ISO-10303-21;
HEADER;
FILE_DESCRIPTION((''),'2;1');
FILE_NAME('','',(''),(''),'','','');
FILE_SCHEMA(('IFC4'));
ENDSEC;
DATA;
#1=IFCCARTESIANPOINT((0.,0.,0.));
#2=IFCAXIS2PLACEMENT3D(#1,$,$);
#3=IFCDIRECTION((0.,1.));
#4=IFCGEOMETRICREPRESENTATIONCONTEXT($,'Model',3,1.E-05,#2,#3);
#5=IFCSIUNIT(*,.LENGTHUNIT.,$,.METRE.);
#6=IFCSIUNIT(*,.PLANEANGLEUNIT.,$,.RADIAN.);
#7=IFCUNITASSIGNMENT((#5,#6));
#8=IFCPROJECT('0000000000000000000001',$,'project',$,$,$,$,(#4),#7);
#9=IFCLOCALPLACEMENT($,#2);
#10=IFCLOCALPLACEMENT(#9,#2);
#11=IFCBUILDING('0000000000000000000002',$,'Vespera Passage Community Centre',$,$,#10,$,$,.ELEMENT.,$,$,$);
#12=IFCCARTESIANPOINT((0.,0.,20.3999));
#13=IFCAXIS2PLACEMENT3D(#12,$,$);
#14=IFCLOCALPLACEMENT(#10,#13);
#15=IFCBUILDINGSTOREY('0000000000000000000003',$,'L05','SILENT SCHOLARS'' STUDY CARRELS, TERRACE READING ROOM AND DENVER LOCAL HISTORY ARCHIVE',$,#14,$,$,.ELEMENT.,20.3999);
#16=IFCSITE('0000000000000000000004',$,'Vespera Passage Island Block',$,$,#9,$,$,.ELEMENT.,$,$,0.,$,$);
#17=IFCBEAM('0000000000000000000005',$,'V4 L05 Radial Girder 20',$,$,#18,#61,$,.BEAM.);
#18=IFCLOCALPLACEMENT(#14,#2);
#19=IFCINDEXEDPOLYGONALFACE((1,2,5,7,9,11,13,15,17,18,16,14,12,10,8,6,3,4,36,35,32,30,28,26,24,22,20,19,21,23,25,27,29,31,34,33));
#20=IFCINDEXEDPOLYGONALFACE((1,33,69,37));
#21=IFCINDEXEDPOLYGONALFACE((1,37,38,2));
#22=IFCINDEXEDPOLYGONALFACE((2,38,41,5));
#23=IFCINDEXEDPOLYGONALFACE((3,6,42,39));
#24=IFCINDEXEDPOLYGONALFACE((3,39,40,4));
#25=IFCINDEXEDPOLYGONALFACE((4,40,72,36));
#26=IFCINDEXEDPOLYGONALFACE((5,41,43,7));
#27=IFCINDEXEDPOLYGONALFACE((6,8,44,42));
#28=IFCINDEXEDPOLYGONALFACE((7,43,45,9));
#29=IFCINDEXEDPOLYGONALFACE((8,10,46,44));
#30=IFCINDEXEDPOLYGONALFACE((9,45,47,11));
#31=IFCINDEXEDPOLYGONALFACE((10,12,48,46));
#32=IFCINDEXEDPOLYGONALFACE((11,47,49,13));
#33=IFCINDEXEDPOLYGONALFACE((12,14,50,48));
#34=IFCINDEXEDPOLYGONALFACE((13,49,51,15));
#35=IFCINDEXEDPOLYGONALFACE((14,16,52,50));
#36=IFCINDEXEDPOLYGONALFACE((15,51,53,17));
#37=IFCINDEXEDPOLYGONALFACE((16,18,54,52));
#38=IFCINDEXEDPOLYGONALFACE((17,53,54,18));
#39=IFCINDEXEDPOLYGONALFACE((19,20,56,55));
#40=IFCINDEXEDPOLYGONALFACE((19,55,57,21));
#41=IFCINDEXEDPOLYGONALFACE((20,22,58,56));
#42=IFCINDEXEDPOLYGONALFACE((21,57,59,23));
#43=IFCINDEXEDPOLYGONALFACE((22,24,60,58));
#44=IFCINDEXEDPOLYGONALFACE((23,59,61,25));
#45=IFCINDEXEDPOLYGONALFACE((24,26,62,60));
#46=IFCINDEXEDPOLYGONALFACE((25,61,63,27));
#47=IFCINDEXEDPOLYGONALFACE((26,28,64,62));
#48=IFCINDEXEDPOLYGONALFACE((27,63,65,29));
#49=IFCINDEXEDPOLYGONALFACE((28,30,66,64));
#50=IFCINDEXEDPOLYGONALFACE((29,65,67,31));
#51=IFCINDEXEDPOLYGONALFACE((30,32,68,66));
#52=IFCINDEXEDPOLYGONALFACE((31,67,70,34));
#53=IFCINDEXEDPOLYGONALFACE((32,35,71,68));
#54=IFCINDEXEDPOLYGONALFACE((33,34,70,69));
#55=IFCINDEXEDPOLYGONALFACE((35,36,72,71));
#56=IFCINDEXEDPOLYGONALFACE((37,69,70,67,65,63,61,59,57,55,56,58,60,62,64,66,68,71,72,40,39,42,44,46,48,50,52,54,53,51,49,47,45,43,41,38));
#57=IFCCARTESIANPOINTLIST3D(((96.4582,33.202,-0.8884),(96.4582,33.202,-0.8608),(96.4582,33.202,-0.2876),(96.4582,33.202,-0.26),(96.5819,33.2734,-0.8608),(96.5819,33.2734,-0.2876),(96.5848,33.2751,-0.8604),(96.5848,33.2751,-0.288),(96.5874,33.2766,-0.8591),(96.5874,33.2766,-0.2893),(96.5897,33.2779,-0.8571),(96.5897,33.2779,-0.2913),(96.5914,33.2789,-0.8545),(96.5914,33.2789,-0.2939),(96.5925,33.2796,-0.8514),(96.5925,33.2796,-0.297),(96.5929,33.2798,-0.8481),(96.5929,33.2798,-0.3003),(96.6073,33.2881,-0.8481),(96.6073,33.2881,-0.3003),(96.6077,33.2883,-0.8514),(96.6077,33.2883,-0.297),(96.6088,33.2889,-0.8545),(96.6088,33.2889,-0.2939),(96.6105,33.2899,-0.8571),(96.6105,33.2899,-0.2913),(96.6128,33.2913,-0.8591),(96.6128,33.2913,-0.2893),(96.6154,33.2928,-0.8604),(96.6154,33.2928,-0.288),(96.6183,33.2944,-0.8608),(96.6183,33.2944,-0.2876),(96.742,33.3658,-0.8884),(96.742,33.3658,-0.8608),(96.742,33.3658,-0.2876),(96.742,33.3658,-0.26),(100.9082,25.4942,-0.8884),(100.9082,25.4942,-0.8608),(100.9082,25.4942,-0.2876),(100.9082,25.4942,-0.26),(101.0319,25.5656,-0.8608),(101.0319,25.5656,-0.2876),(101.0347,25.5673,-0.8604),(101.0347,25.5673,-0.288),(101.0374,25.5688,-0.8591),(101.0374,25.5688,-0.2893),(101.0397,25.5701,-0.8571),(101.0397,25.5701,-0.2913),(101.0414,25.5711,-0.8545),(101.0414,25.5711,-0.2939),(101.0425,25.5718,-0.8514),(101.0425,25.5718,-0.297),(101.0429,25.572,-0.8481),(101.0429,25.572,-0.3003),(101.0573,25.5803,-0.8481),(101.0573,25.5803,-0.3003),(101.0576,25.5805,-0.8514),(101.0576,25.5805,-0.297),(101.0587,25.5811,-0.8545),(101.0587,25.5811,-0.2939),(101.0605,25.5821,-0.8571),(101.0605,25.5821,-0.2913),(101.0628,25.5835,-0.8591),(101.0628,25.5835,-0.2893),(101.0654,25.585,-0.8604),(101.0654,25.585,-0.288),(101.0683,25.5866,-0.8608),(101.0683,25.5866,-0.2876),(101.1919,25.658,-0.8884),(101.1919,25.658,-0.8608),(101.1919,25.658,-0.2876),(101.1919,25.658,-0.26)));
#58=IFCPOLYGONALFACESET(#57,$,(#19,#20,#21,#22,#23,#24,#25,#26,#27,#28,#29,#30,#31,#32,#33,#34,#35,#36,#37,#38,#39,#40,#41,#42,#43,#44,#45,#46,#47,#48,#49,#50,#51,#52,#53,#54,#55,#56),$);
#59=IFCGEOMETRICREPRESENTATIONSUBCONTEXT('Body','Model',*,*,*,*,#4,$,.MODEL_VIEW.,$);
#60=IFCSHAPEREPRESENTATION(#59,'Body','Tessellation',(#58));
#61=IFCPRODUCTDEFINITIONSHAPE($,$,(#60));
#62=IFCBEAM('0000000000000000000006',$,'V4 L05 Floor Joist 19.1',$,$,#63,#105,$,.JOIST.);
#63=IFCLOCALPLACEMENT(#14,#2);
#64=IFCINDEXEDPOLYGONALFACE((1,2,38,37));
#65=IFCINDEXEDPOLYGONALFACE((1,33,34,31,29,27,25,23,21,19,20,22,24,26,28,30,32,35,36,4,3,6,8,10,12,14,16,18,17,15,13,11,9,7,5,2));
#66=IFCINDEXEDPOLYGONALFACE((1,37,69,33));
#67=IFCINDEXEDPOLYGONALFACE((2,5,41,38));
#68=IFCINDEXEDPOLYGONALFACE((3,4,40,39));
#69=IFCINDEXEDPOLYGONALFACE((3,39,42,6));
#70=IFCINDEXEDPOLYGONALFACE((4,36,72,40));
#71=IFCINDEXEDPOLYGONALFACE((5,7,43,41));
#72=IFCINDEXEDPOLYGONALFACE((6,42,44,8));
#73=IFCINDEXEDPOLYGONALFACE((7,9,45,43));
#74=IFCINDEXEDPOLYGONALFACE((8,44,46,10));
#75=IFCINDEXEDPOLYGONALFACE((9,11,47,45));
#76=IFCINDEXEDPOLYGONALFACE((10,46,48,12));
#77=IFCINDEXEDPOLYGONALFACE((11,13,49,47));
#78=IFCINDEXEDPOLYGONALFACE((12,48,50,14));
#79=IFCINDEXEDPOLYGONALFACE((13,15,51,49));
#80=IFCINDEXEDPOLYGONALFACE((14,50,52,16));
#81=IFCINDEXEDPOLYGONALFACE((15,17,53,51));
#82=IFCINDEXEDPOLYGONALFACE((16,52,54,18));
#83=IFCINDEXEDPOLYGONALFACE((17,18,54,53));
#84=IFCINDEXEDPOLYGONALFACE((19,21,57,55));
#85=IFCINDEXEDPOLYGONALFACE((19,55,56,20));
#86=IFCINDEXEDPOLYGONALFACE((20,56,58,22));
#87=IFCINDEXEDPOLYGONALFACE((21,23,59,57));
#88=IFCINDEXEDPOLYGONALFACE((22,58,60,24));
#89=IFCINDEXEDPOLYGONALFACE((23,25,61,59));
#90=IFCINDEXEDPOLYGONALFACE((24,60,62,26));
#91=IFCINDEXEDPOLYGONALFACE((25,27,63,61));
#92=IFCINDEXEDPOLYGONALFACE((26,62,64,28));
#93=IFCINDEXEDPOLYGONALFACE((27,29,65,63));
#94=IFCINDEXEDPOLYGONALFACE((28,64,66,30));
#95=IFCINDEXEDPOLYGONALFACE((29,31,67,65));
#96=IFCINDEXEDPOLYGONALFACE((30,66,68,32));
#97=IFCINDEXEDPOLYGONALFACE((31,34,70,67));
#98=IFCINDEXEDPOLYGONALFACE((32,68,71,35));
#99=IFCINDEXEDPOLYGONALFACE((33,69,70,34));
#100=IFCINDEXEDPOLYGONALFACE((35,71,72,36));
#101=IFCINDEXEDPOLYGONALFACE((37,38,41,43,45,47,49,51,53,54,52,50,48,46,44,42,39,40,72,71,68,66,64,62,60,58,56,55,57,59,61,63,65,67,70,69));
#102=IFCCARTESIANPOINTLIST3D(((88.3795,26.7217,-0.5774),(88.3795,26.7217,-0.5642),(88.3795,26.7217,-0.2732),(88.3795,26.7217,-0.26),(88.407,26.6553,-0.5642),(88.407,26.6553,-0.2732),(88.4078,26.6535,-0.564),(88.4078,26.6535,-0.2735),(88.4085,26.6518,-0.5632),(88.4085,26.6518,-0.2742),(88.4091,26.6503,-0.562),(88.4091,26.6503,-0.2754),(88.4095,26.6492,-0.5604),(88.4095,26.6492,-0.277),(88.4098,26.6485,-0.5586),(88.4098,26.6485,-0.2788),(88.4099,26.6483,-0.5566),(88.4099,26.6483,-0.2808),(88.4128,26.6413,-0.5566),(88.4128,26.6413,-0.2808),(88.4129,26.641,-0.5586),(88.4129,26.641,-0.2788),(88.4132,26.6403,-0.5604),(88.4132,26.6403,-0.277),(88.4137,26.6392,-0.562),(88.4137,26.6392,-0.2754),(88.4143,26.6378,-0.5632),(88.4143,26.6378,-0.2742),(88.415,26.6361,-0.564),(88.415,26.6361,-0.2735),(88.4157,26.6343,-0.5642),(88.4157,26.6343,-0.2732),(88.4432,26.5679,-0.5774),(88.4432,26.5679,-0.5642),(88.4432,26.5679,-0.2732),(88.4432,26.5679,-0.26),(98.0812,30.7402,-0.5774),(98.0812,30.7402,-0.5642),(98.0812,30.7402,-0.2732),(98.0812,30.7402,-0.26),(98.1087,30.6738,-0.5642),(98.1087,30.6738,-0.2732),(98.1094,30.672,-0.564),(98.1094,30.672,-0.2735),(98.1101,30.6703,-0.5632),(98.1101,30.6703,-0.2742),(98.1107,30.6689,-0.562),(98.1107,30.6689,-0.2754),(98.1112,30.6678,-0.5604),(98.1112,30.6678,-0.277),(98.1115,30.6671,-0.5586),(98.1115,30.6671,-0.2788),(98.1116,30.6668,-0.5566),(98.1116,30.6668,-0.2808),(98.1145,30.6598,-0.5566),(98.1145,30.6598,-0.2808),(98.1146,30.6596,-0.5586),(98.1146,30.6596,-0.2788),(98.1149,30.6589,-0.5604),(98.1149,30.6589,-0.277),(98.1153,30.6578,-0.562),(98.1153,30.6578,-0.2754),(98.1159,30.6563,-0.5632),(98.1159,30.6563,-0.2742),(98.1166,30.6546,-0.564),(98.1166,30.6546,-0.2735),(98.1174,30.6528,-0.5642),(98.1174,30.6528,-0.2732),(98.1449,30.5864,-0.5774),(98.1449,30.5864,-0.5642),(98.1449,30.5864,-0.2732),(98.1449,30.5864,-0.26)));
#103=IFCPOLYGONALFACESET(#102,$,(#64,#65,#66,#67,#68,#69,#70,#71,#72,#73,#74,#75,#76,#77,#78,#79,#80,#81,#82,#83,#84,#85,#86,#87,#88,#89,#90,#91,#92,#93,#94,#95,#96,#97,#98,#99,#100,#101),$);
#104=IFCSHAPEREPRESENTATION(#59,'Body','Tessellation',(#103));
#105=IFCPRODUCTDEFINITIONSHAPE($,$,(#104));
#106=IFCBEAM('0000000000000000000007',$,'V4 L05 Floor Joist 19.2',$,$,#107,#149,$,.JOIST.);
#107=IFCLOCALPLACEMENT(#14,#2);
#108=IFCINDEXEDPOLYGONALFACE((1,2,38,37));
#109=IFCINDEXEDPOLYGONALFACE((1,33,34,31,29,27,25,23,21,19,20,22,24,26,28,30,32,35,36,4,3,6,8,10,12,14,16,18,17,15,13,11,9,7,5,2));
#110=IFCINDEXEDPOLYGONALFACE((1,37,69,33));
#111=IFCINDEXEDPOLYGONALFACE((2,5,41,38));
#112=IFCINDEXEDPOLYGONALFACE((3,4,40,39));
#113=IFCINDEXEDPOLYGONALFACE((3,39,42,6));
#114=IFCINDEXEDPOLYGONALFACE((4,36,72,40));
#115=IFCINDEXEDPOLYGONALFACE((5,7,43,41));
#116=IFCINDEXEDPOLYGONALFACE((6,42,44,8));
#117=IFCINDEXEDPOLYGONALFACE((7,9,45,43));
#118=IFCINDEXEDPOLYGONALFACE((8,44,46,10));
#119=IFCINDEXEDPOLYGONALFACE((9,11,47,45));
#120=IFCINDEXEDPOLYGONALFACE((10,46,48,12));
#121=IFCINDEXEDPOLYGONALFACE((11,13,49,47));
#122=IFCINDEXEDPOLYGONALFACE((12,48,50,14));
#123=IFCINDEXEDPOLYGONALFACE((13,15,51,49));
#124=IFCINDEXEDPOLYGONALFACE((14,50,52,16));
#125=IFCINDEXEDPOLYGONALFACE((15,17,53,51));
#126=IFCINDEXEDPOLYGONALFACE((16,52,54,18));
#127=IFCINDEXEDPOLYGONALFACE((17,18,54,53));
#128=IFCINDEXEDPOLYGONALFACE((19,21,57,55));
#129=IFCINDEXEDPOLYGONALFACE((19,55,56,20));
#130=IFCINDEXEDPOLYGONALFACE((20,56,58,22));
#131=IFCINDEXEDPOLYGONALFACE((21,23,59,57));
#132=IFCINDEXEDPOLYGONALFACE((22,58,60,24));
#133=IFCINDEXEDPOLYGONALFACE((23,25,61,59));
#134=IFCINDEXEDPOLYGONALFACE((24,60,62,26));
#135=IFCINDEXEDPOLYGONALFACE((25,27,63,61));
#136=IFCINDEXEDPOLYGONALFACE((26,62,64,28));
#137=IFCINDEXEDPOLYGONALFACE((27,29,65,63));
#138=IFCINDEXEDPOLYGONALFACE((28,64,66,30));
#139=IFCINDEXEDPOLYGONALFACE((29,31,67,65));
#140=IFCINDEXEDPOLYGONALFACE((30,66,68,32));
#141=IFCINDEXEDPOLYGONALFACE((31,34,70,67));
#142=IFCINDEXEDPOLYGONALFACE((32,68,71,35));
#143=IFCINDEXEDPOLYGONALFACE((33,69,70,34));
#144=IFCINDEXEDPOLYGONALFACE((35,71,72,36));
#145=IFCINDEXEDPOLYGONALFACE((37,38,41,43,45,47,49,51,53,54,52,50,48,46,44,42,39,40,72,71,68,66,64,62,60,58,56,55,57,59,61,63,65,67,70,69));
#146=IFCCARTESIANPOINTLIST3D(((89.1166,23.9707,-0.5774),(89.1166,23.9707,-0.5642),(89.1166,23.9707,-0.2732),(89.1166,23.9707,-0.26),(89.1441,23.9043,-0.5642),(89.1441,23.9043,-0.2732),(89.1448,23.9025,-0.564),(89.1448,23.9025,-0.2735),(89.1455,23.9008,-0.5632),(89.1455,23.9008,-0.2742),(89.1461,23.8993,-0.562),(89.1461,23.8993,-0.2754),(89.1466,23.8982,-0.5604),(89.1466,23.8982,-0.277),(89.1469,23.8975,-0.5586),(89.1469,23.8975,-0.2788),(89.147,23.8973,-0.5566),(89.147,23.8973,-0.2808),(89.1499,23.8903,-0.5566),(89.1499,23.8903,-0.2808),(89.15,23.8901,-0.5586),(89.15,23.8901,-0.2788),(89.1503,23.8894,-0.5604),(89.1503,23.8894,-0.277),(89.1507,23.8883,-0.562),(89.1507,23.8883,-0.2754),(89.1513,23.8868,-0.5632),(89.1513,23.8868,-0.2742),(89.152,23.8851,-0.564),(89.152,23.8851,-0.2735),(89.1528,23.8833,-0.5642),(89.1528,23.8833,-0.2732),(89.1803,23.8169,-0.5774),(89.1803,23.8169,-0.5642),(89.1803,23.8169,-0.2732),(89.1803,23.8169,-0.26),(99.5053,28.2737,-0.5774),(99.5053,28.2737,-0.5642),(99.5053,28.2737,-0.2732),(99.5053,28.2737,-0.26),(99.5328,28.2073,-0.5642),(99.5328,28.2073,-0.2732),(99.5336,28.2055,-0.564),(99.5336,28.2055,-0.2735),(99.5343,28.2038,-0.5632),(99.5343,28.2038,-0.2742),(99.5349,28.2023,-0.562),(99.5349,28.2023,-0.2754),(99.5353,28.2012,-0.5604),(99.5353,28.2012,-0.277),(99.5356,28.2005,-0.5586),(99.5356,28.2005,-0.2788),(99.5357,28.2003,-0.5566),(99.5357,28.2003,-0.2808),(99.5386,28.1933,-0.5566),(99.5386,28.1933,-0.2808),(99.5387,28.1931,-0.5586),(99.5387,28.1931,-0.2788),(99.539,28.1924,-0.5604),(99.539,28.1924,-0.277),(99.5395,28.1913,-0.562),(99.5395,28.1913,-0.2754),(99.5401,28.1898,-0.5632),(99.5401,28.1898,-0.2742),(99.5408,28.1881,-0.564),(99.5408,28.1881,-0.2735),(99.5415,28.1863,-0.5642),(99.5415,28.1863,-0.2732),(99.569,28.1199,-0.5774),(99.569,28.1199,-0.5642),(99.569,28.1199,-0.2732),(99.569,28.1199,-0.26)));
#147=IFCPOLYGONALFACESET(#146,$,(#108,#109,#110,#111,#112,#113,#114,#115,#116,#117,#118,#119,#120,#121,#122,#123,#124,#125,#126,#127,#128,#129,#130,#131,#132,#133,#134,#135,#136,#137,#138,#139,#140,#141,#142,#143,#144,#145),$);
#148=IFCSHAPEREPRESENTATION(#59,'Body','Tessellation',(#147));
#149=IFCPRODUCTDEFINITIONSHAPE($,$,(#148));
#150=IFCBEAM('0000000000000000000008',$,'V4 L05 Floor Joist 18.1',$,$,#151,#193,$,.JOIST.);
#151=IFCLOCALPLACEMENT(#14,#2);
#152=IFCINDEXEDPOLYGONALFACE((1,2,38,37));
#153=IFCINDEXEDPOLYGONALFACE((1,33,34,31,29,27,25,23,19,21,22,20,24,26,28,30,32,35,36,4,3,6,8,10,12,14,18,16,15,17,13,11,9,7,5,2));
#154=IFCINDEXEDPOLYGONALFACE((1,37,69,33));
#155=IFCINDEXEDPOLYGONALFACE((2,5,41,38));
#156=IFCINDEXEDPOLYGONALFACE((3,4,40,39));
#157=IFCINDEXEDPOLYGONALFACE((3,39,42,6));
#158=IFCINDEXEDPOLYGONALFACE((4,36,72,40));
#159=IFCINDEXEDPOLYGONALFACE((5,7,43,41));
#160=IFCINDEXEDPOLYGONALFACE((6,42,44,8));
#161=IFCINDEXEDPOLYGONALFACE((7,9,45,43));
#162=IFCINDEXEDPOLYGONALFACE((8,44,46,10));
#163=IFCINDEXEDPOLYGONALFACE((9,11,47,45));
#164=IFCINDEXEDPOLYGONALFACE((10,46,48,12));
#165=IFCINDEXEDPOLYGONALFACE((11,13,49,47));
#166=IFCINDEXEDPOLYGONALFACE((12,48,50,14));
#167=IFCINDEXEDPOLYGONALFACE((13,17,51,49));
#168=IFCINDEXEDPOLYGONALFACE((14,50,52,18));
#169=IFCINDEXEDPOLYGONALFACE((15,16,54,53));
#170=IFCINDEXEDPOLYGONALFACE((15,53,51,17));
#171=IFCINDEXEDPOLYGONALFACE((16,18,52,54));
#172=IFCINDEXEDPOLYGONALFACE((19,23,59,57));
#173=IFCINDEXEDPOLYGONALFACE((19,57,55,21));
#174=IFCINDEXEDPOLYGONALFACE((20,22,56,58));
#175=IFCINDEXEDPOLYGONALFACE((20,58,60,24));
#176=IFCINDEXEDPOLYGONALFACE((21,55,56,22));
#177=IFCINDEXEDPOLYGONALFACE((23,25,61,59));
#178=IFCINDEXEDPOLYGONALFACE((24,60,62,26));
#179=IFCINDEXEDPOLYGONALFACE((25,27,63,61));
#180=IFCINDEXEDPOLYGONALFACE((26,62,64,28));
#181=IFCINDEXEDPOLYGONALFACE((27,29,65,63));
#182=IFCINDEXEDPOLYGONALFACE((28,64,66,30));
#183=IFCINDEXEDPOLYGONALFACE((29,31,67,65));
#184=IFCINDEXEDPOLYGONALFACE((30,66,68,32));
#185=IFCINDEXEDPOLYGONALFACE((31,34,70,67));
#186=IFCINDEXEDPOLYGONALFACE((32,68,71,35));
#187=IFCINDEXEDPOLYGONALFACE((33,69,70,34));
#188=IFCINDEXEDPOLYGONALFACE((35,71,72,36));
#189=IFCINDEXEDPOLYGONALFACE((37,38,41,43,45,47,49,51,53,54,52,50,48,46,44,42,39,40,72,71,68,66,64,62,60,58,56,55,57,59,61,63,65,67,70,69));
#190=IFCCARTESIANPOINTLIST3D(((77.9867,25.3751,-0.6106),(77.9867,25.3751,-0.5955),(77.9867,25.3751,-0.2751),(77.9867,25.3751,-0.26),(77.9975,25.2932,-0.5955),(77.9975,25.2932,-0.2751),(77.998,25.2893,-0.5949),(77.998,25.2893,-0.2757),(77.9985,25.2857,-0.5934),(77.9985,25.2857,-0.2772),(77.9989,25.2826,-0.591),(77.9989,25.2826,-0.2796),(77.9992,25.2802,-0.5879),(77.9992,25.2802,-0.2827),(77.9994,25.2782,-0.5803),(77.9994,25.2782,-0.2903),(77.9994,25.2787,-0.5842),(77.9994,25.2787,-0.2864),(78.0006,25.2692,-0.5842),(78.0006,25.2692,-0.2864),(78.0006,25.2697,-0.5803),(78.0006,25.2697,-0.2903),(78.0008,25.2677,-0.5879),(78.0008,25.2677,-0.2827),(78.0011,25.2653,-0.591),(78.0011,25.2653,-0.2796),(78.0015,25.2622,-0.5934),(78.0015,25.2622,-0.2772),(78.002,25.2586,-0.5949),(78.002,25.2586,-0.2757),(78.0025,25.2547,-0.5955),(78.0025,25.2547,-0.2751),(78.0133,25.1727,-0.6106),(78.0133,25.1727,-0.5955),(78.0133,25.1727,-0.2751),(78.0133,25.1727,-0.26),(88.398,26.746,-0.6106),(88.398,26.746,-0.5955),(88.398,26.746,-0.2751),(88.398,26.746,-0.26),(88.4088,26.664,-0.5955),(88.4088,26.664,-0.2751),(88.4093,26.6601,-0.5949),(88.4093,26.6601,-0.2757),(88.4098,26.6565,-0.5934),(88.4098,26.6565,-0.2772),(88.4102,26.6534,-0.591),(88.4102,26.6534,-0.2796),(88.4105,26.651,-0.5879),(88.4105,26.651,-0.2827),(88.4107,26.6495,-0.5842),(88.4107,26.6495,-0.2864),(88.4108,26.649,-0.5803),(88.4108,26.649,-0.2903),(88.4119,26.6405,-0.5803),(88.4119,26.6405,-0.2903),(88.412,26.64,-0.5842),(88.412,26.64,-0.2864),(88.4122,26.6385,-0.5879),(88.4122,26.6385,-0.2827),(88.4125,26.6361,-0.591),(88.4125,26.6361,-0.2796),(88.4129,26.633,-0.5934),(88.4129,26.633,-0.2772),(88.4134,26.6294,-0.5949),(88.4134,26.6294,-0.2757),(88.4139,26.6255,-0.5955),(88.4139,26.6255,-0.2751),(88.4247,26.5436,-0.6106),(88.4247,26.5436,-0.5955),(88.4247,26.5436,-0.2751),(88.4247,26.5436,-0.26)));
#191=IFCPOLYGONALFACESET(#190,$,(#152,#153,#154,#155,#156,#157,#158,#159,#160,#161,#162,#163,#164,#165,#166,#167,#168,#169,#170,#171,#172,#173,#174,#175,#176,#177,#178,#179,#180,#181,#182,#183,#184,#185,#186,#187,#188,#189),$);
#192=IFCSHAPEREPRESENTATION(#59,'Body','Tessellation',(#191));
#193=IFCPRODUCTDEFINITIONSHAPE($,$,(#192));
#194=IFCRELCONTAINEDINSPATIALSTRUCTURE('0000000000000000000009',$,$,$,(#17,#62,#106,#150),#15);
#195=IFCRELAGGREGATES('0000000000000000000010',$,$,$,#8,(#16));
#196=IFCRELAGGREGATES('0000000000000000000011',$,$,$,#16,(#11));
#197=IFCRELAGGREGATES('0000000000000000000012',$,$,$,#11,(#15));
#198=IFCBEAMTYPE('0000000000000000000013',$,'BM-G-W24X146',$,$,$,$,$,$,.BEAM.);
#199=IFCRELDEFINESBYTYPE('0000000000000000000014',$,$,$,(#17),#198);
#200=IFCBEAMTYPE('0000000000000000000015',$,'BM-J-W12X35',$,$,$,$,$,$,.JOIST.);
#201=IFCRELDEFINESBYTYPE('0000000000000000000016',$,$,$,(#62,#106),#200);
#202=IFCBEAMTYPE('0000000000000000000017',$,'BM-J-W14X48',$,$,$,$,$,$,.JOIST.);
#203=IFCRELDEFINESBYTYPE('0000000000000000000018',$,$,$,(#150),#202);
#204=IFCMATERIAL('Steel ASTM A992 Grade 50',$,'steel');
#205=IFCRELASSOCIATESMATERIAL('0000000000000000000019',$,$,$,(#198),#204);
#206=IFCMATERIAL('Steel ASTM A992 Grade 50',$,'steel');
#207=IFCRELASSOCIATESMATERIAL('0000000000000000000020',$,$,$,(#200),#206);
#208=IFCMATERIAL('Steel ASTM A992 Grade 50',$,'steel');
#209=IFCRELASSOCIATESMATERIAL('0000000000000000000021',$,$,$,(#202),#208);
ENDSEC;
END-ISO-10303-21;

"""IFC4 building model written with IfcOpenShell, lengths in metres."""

from ifc_helpers import new_model, si_unit, direction, frame, origin, origin_2d, place, context, subcontext, project, spatial, i_section, extrude, material, material_profile, profile_set, type_object, element, save


model = new_model("IFC4")

# Units and contexts
model_context = context("Model", 3, precision=1e-05, world=origin(), true_north=direction((0.0, 1.0)))
body_context = subcontext(model_context, "Body", "Model", "MODEL_VIEW")
ifc_project = project(units=[si_unit("LENGTHUNIT", "METRE"), si_unit("PLANEANGLEUNIT", "RADIAN")], contexts=[model_context])

# Site, building, storey
site_placement = place(None, origin())
site = spatial("IfcSite", under=ifc_project, at=site_placement, Name="Vespera Passage Island Block", CompositionType="ELEMENT", RefElevation=0.0)
building_placement = place(site_placement, origin())
building = spatial("IfcBuilding", under=site, at=building_placement, Name="Vespera Passage Community Centre", CompositionType="ELEMENT")
storey_placement = place(building_placement, frame((0.0, 0.0, 20.3999)))
storey = spatial("IfcBuildingStorey", under=building, at=storey_placement, Name="L05", Description="SILENT SCHOLARS' STUDY CARRELS, TERRACE READING ROOM AND DENVER LOCAL HISTORY ARCHIVE", CompositionType="ELEMENT", Elevation=20.3999)

# Beams
ifc_material_1 = material(Name="Steel ASTM A992 Grade 50", Category="steel")
ifc_material_profile_1 = material_profile(ifc_material_1, i_section(OverallWidth=0.3276, OverallDepth=0.6284, WebThickness=0.0166, FlangeThickness=0.0276, FilletRadius=0.0127, at=origin_2d()), Name="W24X146")
ifc_profile_set_1 = profile_set([ifc_material_profile_1], Name="Steel ASTM A992 Grade 50")
beam_type_1 = type_object("IfcBeamType", Name="BM-G-W24X146", PredefinedType="BEAM", material=ifc_profile_set_1)
for number, where, z_axis, x_axis, name in (
    (1, (96.6001, 33.2839, -0.5742), (0.499989, -0.866032, 0.0), (0.866032, 0.499989, 0.0), "V4 L05 Radial Girder 20"),
):
    element("IfcBeam", number, at=place(storey_placement, frame(where, z_axis=z_axis, x_axis=x_axis)), inside=storey, type_object=beam_type_1, Name=name, PredefinedType="BEAM", context=body_context, shape_type="SweptSolid", body=[
        extrude(i_section(OverallWidth=0.3276, OverallDepth=0.6284, WebThickness=0.0166, FlangeThickness=0.0276, FilletRadius=0.0127, at=origin_2d()), origin(), (0.0, 0.0, 1.0), 8.9001),
    ])
ifc_material_2 = material(Name="Steel ASTM A992 Grade 50", Category="steel")
ifc_material_profile_2 = material_profile(ifc_material_2, i_section(OverallWidth=0.1665, OverallDepth=0.3174, WebThickness=0.0076, FlangeThickness=0.0132, FilletRadius=0.0076, at=origin_2d()), Name="W12X35")
ifc_profile_set_2 = profile_set([ifc_material_profile_2], Name="Steel ASTM A992 Grade 50")
beam_type_2 = type_object("IfcBeamType", Name="BM-J-W12X35", PredefinedType="JOIST", material=ifc_profile_set_2)
beam_1_placement = place(storey_placement, frame((88.4114, 26.6448, -0.4187), z_axis=(0.92388, 0.382683, 0.0), x_axis=(-0.382683, 0.92388, 0.0)))
element("IfcBeam", 2, at=beam_1_placement, inside=storey, type_object=beam_type_2, Name="V4 L05 Floor Joist 19.1", PredefinedType="JOIST", context=body_context, shape_type="SweptSolid", body=[
    extrude(i_section(OverallWidth=0.1665, OverallDepth=0.3174, WebThickness=0.0076, FlangeThickness=0.0132, FilletRadius=0.0076, at=origin_2d()), origin(), (0.0, 0.0, 1.0), 10.501),
])
beam_2_placement = place(storey_placement, frame((89.1484, 23.8938, -0.4187), z_axis=(0.923884, 0.382672, 0.0), x_axis=(-0.382672, 0.923884, 0.0)))
element("IfcBeam", 3, at=beam_2_placement, inside=storey, type_object=beam_type_2, Name="V4 L05 Floor Joist 19.2", PredefinedType="JOIST", context=body_context, shape_type="SweptSolid", body=[
    extrude(i_section(OverallWidth=0.1665, OverallDepth=0.3174, WebThickness=0.0076, FlangeThickness=0.0132, FilletRadius=0.0076, at=origin_2d()), origin(), (0.0, 0.0, 1.0), 11.2446),
])
ifc_material_3 = material(Name="Steel ASTM A992 Grade 50", Category="steel")
ifc_material_profile_3 = material_profile(ifc_material_3, i_section(OverallWidth=0.2041, OverallDepth=0.3506, WebThickness=0.0085, FlangeThickness=0.0151, FilletRadius=0.0151, at=origin_2d()), Name="W14X48")
ifc_profile_set_3 = profile_set([ifc_material_profile_3], Name="Steel ASTM A992 Grade 50")
beam_type_3 = type_object("IfcBeamType", Name="BM-J-W14X48", PredefinedType="JOIST", material=ifc_profile_set_3)
beam_3_placement = place(storey_placement, frame((78.0, 25.2739, -0.4353), z_axis=(0.991443, 0.130542, 0.0), x_axis=(-0.130542, 0.991443, 0.0)))
element("IfcBeam", 4, at=beam_3_placement, inside=storey, type_object=beam_type_3, Name="V4 L05 Floor Joist 18.1", PredefinedType="JOIST", context=body_context, shape_type="SweptSolid", body=[
    extrude(i_section(OverallWidth=0.2041, OverallDepth=0.3506, WebThickness=0.0085, FlangeThickness=0.0151, FilletRadius=0.0151, at=origin_2d()), origin(), (0.0, 0.0, 1.0), 10.5012),
])

save(model, "model.ifc")
